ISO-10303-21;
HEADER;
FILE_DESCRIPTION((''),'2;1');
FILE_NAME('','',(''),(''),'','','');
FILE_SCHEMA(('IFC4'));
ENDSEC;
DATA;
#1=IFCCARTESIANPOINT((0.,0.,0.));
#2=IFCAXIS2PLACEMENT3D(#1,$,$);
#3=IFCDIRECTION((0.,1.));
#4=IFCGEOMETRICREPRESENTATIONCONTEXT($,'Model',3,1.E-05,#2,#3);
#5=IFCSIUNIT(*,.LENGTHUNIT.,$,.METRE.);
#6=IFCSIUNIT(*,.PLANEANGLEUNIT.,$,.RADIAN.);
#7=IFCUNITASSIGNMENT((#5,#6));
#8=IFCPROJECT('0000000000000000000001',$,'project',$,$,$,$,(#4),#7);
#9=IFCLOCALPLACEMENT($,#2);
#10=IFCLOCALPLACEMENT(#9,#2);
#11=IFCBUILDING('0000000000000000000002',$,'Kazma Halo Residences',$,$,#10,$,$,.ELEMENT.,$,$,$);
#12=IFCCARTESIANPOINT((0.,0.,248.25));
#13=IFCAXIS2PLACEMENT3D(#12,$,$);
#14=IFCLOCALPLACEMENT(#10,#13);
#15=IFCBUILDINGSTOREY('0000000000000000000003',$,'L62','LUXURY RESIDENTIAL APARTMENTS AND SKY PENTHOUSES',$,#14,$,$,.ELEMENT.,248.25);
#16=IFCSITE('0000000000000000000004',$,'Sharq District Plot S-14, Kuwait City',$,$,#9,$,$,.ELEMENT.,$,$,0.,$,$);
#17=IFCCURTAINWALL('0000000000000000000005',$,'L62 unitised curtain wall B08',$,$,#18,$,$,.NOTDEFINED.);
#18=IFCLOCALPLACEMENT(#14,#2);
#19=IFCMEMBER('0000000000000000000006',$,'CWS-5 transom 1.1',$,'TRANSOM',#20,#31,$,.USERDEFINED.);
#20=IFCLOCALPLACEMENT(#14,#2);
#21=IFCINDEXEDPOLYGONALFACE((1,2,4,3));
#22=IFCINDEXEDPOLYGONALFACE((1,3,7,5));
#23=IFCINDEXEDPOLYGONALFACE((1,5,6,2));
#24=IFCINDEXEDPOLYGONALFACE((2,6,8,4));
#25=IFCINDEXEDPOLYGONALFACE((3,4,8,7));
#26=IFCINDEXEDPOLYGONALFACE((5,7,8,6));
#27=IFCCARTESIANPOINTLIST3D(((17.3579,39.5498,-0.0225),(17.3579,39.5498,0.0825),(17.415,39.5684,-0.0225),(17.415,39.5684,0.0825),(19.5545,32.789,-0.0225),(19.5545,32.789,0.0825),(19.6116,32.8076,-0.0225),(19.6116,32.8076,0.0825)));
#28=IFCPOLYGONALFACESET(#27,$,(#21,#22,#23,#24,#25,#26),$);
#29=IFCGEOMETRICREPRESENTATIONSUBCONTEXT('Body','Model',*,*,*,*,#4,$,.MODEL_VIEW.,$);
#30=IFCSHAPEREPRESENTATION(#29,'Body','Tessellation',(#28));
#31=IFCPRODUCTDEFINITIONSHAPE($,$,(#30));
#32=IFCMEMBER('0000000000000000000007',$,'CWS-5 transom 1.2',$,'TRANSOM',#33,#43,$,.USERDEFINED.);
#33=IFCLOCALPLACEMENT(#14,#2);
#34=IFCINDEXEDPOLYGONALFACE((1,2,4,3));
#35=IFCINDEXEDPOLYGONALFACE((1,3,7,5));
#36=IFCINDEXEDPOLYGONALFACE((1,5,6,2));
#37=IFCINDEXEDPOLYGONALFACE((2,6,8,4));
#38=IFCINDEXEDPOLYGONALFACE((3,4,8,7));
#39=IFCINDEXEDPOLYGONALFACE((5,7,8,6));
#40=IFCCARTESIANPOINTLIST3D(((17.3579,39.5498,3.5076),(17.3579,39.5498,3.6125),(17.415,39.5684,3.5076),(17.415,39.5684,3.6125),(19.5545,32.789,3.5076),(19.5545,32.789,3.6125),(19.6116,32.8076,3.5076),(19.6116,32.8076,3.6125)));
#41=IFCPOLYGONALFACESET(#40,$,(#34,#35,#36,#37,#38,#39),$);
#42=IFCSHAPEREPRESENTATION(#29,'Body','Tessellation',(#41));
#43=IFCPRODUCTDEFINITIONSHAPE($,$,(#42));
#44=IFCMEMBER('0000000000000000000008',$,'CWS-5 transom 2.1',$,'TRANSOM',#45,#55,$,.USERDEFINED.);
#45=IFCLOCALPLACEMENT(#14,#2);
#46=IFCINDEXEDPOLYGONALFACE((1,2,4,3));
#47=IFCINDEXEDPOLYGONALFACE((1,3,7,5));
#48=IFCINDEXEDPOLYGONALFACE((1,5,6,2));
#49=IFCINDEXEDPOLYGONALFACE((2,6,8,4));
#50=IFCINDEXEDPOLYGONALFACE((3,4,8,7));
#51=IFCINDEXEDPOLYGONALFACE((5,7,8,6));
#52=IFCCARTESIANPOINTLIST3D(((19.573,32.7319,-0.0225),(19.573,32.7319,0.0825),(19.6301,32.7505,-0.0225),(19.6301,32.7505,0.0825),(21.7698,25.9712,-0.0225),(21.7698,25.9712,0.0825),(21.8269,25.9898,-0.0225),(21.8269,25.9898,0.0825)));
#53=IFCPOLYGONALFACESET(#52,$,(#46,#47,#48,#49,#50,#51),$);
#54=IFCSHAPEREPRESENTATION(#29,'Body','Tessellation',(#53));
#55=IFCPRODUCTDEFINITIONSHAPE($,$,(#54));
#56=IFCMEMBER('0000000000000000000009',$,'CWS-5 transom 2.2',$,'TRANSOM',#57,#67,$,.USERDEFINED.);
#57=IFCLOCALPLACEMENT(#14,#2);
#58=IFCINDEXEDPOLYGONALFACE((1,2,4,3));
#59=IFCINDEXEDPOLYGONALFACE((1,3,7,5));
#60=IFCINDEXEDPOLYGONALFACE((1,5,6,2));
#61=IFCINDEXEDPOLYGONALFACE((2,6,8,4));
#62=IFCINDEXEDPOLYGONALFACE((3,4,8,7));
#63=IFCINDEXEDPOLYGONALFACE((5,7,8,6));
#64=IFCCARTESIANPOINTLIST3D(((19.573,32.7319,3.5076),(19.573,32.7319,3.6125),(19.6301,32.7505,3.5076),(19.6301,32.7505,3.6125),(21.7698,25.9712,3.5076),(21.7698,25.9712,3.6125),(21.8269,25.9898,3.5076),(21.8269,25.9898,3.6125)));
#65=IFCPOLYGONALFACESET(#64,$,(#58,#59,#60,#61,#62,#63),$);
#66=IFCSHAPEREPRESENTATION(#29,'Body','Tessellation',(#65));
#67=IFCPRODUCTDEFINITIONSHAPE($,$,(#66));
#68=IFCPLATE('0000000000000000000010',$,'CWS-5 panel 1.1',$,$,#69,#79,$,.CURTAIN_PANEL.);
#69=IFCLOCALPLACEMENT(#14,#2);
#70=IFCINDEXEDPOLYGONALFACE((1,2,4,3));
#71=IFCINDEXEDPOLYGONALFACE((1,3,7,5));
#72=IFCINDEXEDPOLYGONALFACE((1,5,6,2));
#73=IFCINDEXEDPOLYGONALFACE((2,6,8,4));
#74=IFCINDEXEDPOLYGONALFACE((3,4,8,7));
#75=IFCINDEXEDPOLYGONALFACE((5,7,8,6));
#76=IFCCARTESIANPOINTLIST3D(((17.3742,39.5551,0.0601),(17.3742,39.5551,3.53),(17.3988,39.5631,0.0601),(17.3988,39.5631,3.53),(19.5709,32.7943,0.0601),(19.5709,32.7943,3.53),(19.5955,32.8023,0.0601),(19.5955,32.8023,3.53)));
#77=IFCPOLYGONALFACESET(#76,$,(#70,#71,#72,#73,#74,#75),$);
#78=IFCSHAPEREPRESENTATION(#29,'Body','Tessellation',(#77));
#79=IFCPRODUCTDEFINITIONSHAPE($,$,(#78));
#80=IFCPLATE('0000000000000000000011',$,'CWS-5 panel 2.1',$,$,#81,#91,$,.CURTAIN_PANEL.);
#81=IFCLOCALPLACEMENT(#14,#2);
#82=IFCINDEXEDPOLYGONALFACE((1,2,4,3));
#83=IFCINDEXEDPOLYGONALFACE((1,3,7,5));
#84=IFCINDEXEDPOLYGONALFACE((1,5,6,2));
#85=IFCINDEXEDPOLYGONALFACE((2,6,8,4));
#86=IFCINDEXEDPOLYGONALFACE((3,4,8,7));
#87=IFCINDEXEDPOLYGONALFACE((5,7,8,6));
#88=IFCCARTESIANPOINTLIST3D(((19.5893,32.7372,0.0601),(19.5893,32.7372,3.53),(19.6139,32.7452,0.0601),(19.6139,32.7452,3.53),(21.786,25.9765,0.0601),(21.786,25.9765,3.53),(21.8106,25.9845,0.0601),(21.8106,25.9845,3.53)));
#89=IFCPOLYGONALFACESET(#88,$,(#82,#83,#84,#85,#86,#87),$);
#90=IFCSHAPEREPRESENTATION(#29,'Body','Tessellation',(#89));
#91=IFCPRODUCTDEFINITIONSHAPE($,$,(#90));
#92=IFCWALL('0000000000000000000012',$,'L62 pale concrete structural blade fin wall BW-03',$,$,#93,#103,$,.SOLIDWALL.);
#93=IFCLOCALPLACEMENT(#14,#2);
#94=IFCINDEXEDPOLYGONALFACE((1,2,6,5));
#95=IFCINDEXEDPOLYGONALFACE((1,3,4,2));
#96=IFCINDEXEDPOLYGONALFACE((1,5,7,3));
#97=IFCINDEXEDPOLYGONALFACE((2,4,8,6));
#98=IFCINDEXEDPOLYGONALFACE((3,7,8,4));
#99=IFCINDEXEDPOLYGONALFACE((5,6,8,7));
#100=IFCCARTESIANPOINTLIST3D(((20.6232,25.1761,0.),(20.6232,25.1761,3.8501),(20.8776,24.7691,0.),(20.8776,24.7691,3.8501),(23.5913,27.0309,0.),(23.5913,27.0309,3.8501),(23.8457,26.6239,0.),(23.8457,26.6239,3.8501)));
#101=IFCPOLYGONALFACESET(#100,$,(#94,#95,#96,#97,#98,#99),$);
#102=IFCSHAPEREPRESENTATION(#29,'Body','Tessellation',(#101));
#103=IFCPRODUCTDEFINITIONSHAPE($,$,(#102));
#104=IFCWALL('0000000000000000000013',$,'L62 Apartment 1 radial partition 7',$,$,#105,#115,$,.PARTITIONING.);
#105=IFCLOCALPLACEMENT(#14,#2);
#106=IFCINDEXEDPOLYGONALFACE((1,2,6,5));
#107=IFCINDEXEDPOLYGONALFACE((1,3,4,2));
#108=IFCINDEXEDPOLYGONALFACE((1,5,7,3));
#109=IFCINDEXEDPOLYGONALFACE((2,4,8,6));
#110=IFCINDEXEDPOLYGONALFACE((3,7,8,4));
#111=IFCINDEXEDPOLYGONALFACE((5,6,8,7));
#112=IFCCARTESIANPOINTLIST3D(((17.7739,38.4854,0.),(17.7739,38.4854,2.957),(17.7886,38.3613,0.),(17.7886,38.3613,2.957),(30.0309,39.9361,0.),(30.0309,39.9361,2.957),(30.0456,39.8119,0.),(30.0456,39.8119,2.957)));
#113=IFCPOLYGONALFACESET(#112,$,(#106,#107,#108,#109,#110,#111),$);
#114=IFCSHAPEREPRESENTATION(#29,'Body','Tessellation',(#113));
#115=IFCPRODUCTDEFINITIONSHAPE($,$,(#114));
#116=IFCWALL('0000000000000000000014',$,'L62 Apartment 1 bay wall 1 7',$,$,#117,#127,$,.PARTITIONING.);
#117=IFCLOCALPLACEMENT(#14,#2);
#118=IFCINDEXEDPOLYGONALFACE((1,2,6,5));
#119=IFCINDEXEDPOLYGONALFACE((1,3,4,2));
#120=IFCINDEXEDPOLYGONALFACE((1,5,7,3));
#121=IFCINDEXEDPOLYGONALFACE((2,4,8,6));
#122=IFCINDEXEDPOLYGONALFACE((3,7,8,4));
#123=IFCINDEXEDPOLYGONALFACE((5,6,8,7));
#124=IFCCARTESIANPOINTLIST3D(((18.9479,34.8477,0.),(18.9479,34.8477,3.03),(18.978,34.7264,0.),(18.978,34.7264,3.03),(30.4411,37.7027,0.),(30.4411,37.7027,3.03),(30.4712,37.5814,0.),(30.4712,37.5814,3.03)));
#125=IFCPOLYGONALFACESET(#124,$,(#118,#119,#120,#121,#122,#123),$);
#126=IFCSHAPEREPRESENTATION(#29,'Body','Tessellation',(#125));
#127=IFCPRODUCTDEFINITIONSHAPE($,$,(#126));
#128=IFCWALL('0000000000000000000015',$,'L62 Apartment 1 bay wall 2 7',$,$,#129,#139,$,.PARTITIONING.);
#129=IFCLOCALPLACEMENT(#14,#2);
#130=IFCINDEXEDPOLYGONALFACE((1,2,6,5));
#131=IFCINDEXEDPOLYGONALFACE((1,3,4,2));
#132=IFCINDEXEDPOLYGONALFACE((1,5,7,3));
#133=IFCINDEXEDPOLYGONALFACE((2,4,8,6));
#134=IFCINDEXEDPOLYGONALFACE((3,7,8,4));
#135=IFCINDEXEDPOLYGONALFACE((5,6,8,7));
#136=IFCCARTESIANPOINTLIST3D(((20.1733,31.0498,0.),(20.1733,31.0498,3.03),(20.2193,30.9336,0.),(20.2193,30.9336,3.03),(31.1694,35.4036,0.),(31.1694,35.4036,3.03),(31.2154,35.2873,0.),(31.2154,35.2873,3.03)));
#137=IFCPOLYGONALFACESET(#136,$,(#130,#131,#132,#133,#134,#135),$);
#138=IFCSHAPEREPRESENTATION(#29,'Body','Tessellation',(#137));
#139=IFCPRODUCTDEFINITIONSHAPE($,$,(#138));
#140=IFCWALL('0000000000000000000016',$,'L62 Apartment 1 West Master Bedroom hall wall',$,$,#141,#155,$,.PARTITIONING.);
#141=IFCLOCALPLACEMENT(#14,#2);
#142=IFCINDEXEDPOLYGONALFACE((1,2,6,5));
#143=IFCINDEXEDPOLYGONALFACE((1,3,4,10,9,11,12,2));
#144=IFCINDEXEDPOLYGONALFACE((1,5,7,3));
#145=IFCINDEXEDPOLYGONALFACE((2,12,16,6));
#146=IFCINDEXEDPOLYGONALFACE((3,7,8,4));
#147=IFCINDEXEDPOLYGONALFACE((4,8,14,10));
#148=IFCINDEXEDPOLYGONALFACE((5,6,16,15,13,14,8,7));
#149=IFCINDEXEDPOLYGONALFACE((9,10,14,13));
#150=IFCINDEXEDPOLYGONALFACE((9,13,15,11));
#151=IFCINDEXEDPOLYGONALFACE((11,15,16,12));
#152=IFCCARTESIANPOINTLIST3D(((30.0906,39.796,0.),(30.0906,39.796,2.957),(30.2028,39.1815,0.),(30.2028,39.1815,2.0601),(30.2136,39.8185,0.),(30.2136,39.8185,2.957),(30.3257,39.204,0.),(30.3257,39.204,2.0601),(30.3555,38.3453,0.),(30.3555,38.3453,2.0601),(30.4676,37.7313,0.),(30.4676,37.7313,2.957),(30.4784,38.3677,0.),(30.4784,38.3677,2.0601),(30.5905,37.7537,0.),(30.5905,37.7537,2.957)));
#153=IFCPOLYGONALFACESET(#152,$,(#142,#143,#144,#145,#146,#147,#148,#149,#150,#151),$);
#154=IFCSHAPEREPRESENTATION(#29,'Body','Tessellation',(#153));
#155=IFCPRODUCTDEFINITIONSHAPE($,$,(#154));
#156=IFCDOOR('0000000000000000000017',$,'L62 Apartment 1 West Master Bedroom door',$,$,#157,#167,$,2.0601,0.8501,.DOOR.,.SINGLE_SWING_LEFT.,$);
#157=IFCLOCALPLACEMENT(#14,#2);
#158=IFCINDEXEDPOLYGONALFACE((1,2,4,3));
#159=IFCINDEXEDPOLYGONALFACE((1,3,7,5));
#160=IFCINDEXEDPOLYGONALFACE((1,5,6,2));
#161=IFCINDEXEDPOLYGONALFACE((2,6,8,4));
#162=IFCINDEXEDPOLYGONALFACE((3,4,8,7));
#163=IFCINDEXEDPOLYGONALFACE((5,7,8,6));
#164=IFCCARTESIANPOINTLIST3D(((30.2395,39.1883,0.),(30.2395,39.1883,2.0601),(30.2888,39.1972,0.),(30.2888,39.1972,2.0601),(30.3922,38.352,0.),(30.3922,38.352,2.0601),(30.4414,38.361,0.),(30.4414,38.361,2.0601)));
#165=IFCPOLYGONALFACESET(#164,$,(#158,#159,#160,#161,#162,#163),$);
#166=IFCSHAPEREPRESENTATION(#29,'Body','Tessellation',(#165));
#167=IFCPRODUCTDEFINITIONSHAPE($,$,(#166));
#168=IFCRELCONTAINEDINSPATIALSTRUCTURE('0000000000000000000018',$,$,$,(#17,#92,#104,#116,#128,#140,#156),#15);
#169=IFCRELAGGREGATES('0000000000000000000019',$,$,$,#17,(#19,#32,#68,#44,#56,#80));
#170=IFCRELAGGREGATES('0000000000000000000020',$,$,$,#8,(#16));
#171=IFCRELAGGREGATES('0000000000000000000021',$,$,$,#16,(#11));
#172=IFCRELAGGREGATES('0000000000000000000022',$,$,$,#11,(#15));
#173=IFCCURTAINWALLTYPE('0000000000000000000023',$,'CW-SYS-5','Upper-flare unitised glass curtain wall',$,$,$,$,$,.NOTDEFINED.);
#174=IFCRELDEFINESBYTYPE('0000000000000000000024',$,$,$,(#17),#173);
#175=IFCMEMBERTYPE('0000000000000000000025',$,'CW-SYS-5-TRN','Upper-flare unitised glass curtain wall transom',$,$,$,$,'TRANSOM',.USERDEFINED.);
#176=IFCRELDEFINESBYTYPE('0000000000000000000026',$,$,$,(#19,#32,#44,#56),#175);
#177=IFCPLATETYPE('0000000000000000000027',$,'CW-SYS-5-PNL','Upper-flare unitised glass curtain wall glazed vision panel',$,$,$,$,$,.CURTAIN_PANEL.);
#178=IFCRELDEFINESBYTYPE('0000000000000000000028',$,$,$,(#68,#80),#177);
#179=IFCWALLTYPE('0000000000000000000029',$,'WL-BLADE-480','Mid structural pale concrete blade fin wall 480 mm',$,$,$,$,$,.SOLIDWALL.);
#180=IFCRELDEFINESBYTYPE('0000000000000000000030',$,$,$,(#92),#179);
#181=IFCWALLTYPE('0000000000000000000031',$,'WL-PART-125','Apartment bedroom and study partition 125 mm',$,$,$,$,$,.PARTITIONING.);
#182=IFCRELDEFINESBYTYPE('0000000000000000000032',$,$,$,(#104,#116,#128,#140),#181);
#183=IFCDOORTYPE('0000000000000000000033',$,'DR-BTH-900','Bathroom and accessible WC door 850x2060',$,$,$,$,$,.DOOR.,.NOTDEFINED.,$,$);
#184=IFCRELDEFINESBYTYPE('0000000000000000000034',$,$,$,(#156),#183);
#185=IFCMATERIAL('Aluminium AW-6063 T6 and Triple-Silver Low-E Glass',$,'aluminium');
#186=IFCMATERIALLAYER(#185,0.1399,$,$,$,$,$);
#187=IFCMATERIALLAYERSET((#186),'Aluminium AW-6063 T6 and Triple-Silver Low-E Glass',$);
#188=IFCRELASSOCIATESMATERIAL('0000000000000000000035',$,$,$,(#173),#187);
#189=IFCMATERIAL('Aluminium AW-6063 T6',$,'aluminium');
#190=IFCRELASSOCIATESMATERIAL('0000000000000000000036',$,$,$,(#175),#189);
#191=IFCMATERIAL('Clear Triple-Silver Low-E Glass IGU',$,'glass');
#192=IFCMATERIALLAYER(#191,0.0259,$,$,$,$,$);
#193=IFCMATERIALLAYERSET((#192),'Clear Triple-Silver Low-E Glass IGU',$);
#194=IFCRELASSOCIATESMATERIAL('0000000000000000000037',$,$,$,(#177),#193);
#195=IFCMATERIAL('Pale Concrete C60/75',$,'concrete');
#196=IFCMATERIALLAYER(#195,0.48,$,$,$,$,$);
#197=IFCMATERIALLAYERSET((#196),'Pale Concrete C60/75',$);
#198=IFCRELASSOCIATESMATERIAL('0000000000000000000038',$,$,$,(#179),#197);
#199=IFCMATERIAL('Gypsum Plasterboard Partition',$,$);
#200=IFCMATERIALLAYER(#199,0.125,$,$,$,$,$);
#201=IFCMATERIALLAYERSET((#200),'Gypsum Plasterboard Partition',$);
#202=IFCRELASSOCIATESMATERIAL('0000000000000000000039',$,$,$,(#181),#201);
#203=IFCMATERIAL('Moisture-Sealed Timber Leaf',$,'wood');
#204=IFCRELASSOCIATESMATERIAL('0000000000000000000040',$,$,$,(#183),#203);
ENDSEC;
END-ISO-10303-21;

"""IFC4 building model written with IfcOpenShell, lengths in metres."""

from ifc_helpers import new_model, si_unit, direction, frame, frame_2d, origin, origin_2d, place, context, subcontext, project, spatial, rectangle, extrude, material, layer, layer_set, material_profile, profile_set, type_object, element, fill, aggregate, save


model = new_model("IFC4")

# Units and contexts
model_context = context("Model", 3, precision=1e-05, world=origin(), true_north=direction((0.0, 1.0)))
body_context = subcontext(model_context, "Body", "Model", "MODEL_VIEW")
ifc_project = project(units=[si_unit("LENGTHUNIT", "METRE"), si_unit("PLANEANGLEUNIT", "RADIAN")], contexts=[model_context])

# Site, building, storey
site_placement = place(None, origin())
site = spatial("IfcSite", under=ifc_project, at=site_placement, Name="Sharq District Plot S-14, Kuwait City", CompositionType="ELEMENT", RefElevation=0.0)
building_placement = place(site_placement, origin())
building = spatial("IfcBuilding", under=site, at=building_placement, Name="Kazma Halo Residences", CompositionType="ELEMENT")
storey_placement = place(building_placement, frame((0.0, 0.0, 248.25)))
storey = spatial("IfcBuildingStorey", under=building, at=storey_placement, Name="L62", Description="LUXURY RESIDENTIAL APARTMENTS AND SKY PENTHOUSES", CompositionType="ELEMENT", Elevation=248.25)

# Curtain wall, members, plates
ifc_material_1 = material(Name="Aluminium AW-6063 T6 and Triple-Silver Low-E Glass", Category="aluminium")
ifc_layer_1 = layer(ifc_material_1, 0.1399)
ifc_layer_set_1 = layer_set([ifc_layer_1], Name="Aluminium AW-6063 T6 and Triple-Silver Low-E Glass")
curtain_wall_type = type_object("IfcCurtainWallType", Name="CW-SYS-5", Description="Upper-flare unitised glass curtain wall", PredefinedType="NOTDEFINED", material=ifc_layer_set_1)
curtain_wall_placement = place(storey_placement, origin())
curtain_wall = element("IfcCurtainWall", 1, at=curtain_wall_placement, inside=storey, type_object=curtain_wall_type, Name="L62 unitised curtain wall B08", PredefinedType="NOTDEFINED")
ifc_material_2 = material(Name="Aluminium AW-6063 T6", Category="aluminium")
ifc_material_profile_1 = material_profile(ifc_material_2, rectangle(XDim=0.0601, YDim=0.105, at=origin_2d()), Name="CWT-60x105")
ifc_profile_set_1 = profile_set([ifc_material_profile_1], Name="Aluminium AW-6063 T6")
member_type_1 = type_object("IfcMemberType", Name="CW-SYS-5-TRN", Description="Upper-flare unitised glass curtain wall transom", ElementType="TRANSOM", PredefinedType="USERDEFINED", material=ifc_profile_set_1)
member_1_placement = place(storey_placement, frame((17.3865, 39.5591, 0.03), z_axis=(0.308996, -0.951063, 0.0), x_axis=(0.951063, 0.308996, 0.0)))
member_1 = element("IfcMember", 2, at=member_1_placement, type_object=member_type_1, Name="CWS-5 transom 1.1", ObjectType="TRANSOM", PredefinedType="USERDEFINED", context=body_context, shape_type="SweptSolid", body=[
    extrude(rectangle(XDim=0.0601, YDim=0.105, at=origin_2d()), origin(), (0.0, 0.0, 1.0), 7.1086),
])
member_2_placement = place(storey_placement, frame((17.3865, 39.5591, 3.5601), z_axis=(0.308996, -0.951063, 0.0), x_axis=(0.951063, 0.308996, 0.0)))
member_2 = element("IfcMember", 3, at=member_2_placement, type_object=member_type_1, Name="CWS-5 transom 1.2", ObjectType="TRANSOM", PredefinedType="USERDEFINED", context=body_context, shape_type="SweptSolid", body=[
    extrude(rectangle(XDim=0.0601, YDim=0.105, at=origin_2d()), origin(), (0.0, 0.0, 1.0), 7.1086),
])
member_3_placement = place(storey_placement, frame((19.6016, 32.7412, 0.03), z_axis=(0.309027, -0.951053, 0.0), x_axis=(0.951053, 0.309027, 0.0)))
member_3 = element("IfcMember", 4, at=member_3_placement, type_object=member_type_1, Name="CWS-5 transom 2.1", ObjectType="TRANSOM", PredefinedType="USERDEFINED", context=body_context, shape_type="SweptSolid", body=[
    extrude(rectangle(XDim=0.0601, YDim=0.105, at=origin_2d()), origin(), (0.0, 0.0, 1.0), 7.1086),
])
member_4_placement = place(storey_placement, frame((19.6016, 32.7412, 3.5601), z_axis=(0.309027, -0.951053, 0.0), x_axis=(0.951053, 0.309027, 0.0)))
member_4 = element("IfcMember", 5, at=member_4_placement, type_object=member_type_1, Name="CWS-5 transom 2.2", ObjectType="TRANSOM", PredefinedType="USERDEFINED", context=body_context, shape_type="SweptSolid", body=[
    extrude(rectangle(XDim=0.0601, YDim=0.105, at=origin_2d()), origin(), (0.0, 0.0, 1.0), 7.1086),
])
ifc_material_3 = material(Name="Clear Triple-Silver Low-E Glass IGU", Category="glass")
ifc_layer_2 = layer(ifc_material_3, 0.0259)
ifc_layer_set_2 = layer_set([ifc_layer_2], Name="Clear Triple-Silver Low-E Glass IGU")
plate_type = type_object("IfcPlateType", Name="CW-SYS-5-PNL", Description="Upper-flare unitised glass curtain wall glazed vision panel", PredefinedType="CURTAIN_PANEL", material=ifc_layer_set_2)
plate_1_placement = place(storey_placement, frame((18.4849, 36.1787, 0.0601), z_axis=(0.0, 0.0, 1.0), x_axis=(0.309011, -0.951058, 0.0)))
plate_1 = element("IfcPlate", 6, at=plate_1_placement, type_object=plate_type, Name="CWS-5 panel 1.1", PredefinedType="CURTAIN_PANEL", context=body_context, shape_type="SweptSolid", body=[
    extrude(rectangle(XDim=7.1086, YDim=0.0259, at=origin_2d()), origin(), (0.0, 0.0, 1.0), 3.47),
])
plate_2_placement = place(storey_placement, frame((20.7, 29.3608, 0.0601), z_axis=(0.0, 0.0, 1.0), x_axis=(0.309011, -0.951058, 0.0)))
plate_2 = element("IfcPlate", 7, at=plate_2_placement, type_object=plate_type, Name="CWS-5 panel 2.1", PredefinedType="CURTAIN_PANEL", context=body_context, shape_type="SweptSolid", body=[
    extrude(rectangle(XDim=7.1086, YDim=0.0259, at=origin_2d()), origin(), (0.0, 0.0, 1.0), 3.47),
])
aggregate(curtain_wall, [member_1, member_2, plate_1, member_3, member_4, plate_2])

# Walls
ifc_material_4 = material(Name="Pale Concrete C60/75", Category="concrete")
ifc_layer_3 = layer(ifc_material_4, 0.48)
ifc_layer_set_3 = layer_set([ifc_layer_3], Name="Pale Concrete C60/75")
wall_type_1 = type_object("IfcWallType", Name="WL-BLADE-480", Description="Mid structural pale concrete blade fin wall 480 mm", PredefinedType="SOLIDWALL", material=ifc_layer_set_3)
wall_1_placement = place(storey_placement, frame((23.7185, 26.8274, 0.0), z_axis=(0.0, 0.0, 1.0), x_axis=(-0.848034, -0.529943, 0.0)))
element("IfcWall", 8, at=wall_1_placement, inside=storey, type_object=wall_type_1, Name="L62 pale concrete structural blade fin wall BW-03", PredefinedType="SOLIDWALL", context=body_context, shape_type="SweptSolid", body=[
    extrude(rectangle(XDim=3.5, YDim=0.48, at=frame_2d((1.75, 0.0))), origin(), (0.0, 0.0, 1.0), 3.8501),
])
ifc_material_5 = material(Name="Gypsum Plasterboard Partition")
ifc_layer_4 = layer(ifc_material_5, 0.125)
ifc_layer_set_4 = layer_set([ifc_layer_4], Name="Gypsum Plasterboard Partition")
wall_type_2 = type_object("IfcWallType", Name="WL-PART-125", Description="Apartment bedroom and study partition 125 mm", PredefinedType="PARTITIONING", material=ifc_layer_set_4)
wall_2_placement = place(storey_placement, frame((30.0383, 39.874, 0.0), z_axis=(0.0, 0.0, 1.0), x_axis=(-0.993069, -0.117534, 0.0)))
element("IfcWall", 9, at=wall_2_placement, inside=storey, type_object=wall_type_2, Name="L62 Apartment 1 radial partition 7", PredefinedType="PARTITIONING", context=body_context, shape_type="SweptSolid", body=[
    extrude(rectangle(XDim=12.3425, YDim=0.125, at=frame_2d((6.1714, 0.0))), origin(), (0.0, 0.0, 1.0), 2.957),
])
wall_3_placement = place(storey_placement, frame((30.4563, 37.6421, 0.0), z_axis=(0.0, 0.0, 1.0), x_axis=(-0.970505, -0.24108, 0.0)))
element("IfcWall", 10, at=wall_3_placement, inside=storey, type_object=wall_type_2, Name="L62 Apartment 1 bay wall 1 7", PredefinedType="PARTITIONING", context=body_context, shape_type="SweptSolid", body=[
    extrude(rectangle(XDim=11.8425, YDim=0.125, at=frame_2d((5.9214, 0.0))), origin(), (0.0, 0.0, 1.0), 3.03),
])
wall_4_placement = place(storey_placement, frame((31.1924, 35.3455, 0.0), z_axis=(0.0, 0.0, 1.0), x_axis=(-0.929774, -0.368132, 0.0)))
element("IfcWall", 11, at=wall_4_placement, inside=storey, type_object=wall_type_2, Name="L62 Apartment 1 bay wall 2 7", PredefinedType="PARTITIONING", context=body_context, shape_type="SweptSolid", body=[
    extrude(rectangle(XDim=11.8267, YDim=0.125, at=frame_2d((5.9133, 0.0))), origin(), (0.0, 0.0, 1.0), 3.03),
])

# Wall, opening, door
wall_5_placement = place(storey_placement, frame((30.1521, 39.8071, 0.0), z_axis=(0.0, 0.0, 1.0), x_axis=(0.179602, -0.983739, 0.0)))
wall_5 = element("IfcWall", 12, at=wall_5_placement, inside=storey, type_object=wall_type_2, Name="L62 Apartment 1 West Master Bedroom hall wall", PredefinedType="PARTITIONING", context=body_context, shape_type="SweptSolid", body=[
    extrude(rectangle(XDim=2.0989, YDim=0.125, at=frame_2d((1.0493, 0.0))), origin(), (0.0, 0.0, 1.0), 2.957),
])
opening_1_placement = place(wall_5_placement, frame((0.6245, 0.0, 0.0)))
opening_1 = element("IfcOpeningElement", 13, at=opening_1_placement, cuts=wall_5, PredefinedType="OPENING", context=body_context, shape_type="SweptSolid", body=[
    extrude(rectangle(XDim=0.8501, YDim=2.0601, at=frame_2d((0.425, 1.03))), frame((0.0, 0.0725, 0.0), z_axis=(0.0, -1.0, 0.0), x_axis=(1.0, 0.0, 0.0)), (0.0, 0.0, 1.0), 0.145),
])
ifc_material_6 = material(Name="Moisture-Sealed Timber Leaf", Category="wood")
door_type = type_object("IfcDoorType", Name="DR-BTH-900", Description="Bathroom and accessible WC door 850x2060", OperationType="NOTDEFINED", PredefinedType="DOOR", material=ifc_material_6)
door_1_placement = place(opening_1_placement, origin())
door_1 = element("IfcDoor", 14, at=door_1_placement, inside=storey, type_object=door_type, Name="L62 Apartment 1 West Master Bedroom door", OperationType="SINGLE_SWING_LEFT", OverallHeight=2.0601, OverallWidth=0.8501, PredefinedType="DOOR", context=body_context, shape_type="SweptSolid", body=[
    extrude(rectangle(XDim=0.8501, YDim=2.0601, at=frame_2d((0.425, 1.03))), frame((0.0, 0.0249, 0.0), z_axis=(0.0, -1.0, 0.0), x_axis=(1.0, 0.0, 0.0)), (0.0, 0.0, 1.0), 0.05),
])
fill(opening_1, door_1)

save(model, "model.ifc")
